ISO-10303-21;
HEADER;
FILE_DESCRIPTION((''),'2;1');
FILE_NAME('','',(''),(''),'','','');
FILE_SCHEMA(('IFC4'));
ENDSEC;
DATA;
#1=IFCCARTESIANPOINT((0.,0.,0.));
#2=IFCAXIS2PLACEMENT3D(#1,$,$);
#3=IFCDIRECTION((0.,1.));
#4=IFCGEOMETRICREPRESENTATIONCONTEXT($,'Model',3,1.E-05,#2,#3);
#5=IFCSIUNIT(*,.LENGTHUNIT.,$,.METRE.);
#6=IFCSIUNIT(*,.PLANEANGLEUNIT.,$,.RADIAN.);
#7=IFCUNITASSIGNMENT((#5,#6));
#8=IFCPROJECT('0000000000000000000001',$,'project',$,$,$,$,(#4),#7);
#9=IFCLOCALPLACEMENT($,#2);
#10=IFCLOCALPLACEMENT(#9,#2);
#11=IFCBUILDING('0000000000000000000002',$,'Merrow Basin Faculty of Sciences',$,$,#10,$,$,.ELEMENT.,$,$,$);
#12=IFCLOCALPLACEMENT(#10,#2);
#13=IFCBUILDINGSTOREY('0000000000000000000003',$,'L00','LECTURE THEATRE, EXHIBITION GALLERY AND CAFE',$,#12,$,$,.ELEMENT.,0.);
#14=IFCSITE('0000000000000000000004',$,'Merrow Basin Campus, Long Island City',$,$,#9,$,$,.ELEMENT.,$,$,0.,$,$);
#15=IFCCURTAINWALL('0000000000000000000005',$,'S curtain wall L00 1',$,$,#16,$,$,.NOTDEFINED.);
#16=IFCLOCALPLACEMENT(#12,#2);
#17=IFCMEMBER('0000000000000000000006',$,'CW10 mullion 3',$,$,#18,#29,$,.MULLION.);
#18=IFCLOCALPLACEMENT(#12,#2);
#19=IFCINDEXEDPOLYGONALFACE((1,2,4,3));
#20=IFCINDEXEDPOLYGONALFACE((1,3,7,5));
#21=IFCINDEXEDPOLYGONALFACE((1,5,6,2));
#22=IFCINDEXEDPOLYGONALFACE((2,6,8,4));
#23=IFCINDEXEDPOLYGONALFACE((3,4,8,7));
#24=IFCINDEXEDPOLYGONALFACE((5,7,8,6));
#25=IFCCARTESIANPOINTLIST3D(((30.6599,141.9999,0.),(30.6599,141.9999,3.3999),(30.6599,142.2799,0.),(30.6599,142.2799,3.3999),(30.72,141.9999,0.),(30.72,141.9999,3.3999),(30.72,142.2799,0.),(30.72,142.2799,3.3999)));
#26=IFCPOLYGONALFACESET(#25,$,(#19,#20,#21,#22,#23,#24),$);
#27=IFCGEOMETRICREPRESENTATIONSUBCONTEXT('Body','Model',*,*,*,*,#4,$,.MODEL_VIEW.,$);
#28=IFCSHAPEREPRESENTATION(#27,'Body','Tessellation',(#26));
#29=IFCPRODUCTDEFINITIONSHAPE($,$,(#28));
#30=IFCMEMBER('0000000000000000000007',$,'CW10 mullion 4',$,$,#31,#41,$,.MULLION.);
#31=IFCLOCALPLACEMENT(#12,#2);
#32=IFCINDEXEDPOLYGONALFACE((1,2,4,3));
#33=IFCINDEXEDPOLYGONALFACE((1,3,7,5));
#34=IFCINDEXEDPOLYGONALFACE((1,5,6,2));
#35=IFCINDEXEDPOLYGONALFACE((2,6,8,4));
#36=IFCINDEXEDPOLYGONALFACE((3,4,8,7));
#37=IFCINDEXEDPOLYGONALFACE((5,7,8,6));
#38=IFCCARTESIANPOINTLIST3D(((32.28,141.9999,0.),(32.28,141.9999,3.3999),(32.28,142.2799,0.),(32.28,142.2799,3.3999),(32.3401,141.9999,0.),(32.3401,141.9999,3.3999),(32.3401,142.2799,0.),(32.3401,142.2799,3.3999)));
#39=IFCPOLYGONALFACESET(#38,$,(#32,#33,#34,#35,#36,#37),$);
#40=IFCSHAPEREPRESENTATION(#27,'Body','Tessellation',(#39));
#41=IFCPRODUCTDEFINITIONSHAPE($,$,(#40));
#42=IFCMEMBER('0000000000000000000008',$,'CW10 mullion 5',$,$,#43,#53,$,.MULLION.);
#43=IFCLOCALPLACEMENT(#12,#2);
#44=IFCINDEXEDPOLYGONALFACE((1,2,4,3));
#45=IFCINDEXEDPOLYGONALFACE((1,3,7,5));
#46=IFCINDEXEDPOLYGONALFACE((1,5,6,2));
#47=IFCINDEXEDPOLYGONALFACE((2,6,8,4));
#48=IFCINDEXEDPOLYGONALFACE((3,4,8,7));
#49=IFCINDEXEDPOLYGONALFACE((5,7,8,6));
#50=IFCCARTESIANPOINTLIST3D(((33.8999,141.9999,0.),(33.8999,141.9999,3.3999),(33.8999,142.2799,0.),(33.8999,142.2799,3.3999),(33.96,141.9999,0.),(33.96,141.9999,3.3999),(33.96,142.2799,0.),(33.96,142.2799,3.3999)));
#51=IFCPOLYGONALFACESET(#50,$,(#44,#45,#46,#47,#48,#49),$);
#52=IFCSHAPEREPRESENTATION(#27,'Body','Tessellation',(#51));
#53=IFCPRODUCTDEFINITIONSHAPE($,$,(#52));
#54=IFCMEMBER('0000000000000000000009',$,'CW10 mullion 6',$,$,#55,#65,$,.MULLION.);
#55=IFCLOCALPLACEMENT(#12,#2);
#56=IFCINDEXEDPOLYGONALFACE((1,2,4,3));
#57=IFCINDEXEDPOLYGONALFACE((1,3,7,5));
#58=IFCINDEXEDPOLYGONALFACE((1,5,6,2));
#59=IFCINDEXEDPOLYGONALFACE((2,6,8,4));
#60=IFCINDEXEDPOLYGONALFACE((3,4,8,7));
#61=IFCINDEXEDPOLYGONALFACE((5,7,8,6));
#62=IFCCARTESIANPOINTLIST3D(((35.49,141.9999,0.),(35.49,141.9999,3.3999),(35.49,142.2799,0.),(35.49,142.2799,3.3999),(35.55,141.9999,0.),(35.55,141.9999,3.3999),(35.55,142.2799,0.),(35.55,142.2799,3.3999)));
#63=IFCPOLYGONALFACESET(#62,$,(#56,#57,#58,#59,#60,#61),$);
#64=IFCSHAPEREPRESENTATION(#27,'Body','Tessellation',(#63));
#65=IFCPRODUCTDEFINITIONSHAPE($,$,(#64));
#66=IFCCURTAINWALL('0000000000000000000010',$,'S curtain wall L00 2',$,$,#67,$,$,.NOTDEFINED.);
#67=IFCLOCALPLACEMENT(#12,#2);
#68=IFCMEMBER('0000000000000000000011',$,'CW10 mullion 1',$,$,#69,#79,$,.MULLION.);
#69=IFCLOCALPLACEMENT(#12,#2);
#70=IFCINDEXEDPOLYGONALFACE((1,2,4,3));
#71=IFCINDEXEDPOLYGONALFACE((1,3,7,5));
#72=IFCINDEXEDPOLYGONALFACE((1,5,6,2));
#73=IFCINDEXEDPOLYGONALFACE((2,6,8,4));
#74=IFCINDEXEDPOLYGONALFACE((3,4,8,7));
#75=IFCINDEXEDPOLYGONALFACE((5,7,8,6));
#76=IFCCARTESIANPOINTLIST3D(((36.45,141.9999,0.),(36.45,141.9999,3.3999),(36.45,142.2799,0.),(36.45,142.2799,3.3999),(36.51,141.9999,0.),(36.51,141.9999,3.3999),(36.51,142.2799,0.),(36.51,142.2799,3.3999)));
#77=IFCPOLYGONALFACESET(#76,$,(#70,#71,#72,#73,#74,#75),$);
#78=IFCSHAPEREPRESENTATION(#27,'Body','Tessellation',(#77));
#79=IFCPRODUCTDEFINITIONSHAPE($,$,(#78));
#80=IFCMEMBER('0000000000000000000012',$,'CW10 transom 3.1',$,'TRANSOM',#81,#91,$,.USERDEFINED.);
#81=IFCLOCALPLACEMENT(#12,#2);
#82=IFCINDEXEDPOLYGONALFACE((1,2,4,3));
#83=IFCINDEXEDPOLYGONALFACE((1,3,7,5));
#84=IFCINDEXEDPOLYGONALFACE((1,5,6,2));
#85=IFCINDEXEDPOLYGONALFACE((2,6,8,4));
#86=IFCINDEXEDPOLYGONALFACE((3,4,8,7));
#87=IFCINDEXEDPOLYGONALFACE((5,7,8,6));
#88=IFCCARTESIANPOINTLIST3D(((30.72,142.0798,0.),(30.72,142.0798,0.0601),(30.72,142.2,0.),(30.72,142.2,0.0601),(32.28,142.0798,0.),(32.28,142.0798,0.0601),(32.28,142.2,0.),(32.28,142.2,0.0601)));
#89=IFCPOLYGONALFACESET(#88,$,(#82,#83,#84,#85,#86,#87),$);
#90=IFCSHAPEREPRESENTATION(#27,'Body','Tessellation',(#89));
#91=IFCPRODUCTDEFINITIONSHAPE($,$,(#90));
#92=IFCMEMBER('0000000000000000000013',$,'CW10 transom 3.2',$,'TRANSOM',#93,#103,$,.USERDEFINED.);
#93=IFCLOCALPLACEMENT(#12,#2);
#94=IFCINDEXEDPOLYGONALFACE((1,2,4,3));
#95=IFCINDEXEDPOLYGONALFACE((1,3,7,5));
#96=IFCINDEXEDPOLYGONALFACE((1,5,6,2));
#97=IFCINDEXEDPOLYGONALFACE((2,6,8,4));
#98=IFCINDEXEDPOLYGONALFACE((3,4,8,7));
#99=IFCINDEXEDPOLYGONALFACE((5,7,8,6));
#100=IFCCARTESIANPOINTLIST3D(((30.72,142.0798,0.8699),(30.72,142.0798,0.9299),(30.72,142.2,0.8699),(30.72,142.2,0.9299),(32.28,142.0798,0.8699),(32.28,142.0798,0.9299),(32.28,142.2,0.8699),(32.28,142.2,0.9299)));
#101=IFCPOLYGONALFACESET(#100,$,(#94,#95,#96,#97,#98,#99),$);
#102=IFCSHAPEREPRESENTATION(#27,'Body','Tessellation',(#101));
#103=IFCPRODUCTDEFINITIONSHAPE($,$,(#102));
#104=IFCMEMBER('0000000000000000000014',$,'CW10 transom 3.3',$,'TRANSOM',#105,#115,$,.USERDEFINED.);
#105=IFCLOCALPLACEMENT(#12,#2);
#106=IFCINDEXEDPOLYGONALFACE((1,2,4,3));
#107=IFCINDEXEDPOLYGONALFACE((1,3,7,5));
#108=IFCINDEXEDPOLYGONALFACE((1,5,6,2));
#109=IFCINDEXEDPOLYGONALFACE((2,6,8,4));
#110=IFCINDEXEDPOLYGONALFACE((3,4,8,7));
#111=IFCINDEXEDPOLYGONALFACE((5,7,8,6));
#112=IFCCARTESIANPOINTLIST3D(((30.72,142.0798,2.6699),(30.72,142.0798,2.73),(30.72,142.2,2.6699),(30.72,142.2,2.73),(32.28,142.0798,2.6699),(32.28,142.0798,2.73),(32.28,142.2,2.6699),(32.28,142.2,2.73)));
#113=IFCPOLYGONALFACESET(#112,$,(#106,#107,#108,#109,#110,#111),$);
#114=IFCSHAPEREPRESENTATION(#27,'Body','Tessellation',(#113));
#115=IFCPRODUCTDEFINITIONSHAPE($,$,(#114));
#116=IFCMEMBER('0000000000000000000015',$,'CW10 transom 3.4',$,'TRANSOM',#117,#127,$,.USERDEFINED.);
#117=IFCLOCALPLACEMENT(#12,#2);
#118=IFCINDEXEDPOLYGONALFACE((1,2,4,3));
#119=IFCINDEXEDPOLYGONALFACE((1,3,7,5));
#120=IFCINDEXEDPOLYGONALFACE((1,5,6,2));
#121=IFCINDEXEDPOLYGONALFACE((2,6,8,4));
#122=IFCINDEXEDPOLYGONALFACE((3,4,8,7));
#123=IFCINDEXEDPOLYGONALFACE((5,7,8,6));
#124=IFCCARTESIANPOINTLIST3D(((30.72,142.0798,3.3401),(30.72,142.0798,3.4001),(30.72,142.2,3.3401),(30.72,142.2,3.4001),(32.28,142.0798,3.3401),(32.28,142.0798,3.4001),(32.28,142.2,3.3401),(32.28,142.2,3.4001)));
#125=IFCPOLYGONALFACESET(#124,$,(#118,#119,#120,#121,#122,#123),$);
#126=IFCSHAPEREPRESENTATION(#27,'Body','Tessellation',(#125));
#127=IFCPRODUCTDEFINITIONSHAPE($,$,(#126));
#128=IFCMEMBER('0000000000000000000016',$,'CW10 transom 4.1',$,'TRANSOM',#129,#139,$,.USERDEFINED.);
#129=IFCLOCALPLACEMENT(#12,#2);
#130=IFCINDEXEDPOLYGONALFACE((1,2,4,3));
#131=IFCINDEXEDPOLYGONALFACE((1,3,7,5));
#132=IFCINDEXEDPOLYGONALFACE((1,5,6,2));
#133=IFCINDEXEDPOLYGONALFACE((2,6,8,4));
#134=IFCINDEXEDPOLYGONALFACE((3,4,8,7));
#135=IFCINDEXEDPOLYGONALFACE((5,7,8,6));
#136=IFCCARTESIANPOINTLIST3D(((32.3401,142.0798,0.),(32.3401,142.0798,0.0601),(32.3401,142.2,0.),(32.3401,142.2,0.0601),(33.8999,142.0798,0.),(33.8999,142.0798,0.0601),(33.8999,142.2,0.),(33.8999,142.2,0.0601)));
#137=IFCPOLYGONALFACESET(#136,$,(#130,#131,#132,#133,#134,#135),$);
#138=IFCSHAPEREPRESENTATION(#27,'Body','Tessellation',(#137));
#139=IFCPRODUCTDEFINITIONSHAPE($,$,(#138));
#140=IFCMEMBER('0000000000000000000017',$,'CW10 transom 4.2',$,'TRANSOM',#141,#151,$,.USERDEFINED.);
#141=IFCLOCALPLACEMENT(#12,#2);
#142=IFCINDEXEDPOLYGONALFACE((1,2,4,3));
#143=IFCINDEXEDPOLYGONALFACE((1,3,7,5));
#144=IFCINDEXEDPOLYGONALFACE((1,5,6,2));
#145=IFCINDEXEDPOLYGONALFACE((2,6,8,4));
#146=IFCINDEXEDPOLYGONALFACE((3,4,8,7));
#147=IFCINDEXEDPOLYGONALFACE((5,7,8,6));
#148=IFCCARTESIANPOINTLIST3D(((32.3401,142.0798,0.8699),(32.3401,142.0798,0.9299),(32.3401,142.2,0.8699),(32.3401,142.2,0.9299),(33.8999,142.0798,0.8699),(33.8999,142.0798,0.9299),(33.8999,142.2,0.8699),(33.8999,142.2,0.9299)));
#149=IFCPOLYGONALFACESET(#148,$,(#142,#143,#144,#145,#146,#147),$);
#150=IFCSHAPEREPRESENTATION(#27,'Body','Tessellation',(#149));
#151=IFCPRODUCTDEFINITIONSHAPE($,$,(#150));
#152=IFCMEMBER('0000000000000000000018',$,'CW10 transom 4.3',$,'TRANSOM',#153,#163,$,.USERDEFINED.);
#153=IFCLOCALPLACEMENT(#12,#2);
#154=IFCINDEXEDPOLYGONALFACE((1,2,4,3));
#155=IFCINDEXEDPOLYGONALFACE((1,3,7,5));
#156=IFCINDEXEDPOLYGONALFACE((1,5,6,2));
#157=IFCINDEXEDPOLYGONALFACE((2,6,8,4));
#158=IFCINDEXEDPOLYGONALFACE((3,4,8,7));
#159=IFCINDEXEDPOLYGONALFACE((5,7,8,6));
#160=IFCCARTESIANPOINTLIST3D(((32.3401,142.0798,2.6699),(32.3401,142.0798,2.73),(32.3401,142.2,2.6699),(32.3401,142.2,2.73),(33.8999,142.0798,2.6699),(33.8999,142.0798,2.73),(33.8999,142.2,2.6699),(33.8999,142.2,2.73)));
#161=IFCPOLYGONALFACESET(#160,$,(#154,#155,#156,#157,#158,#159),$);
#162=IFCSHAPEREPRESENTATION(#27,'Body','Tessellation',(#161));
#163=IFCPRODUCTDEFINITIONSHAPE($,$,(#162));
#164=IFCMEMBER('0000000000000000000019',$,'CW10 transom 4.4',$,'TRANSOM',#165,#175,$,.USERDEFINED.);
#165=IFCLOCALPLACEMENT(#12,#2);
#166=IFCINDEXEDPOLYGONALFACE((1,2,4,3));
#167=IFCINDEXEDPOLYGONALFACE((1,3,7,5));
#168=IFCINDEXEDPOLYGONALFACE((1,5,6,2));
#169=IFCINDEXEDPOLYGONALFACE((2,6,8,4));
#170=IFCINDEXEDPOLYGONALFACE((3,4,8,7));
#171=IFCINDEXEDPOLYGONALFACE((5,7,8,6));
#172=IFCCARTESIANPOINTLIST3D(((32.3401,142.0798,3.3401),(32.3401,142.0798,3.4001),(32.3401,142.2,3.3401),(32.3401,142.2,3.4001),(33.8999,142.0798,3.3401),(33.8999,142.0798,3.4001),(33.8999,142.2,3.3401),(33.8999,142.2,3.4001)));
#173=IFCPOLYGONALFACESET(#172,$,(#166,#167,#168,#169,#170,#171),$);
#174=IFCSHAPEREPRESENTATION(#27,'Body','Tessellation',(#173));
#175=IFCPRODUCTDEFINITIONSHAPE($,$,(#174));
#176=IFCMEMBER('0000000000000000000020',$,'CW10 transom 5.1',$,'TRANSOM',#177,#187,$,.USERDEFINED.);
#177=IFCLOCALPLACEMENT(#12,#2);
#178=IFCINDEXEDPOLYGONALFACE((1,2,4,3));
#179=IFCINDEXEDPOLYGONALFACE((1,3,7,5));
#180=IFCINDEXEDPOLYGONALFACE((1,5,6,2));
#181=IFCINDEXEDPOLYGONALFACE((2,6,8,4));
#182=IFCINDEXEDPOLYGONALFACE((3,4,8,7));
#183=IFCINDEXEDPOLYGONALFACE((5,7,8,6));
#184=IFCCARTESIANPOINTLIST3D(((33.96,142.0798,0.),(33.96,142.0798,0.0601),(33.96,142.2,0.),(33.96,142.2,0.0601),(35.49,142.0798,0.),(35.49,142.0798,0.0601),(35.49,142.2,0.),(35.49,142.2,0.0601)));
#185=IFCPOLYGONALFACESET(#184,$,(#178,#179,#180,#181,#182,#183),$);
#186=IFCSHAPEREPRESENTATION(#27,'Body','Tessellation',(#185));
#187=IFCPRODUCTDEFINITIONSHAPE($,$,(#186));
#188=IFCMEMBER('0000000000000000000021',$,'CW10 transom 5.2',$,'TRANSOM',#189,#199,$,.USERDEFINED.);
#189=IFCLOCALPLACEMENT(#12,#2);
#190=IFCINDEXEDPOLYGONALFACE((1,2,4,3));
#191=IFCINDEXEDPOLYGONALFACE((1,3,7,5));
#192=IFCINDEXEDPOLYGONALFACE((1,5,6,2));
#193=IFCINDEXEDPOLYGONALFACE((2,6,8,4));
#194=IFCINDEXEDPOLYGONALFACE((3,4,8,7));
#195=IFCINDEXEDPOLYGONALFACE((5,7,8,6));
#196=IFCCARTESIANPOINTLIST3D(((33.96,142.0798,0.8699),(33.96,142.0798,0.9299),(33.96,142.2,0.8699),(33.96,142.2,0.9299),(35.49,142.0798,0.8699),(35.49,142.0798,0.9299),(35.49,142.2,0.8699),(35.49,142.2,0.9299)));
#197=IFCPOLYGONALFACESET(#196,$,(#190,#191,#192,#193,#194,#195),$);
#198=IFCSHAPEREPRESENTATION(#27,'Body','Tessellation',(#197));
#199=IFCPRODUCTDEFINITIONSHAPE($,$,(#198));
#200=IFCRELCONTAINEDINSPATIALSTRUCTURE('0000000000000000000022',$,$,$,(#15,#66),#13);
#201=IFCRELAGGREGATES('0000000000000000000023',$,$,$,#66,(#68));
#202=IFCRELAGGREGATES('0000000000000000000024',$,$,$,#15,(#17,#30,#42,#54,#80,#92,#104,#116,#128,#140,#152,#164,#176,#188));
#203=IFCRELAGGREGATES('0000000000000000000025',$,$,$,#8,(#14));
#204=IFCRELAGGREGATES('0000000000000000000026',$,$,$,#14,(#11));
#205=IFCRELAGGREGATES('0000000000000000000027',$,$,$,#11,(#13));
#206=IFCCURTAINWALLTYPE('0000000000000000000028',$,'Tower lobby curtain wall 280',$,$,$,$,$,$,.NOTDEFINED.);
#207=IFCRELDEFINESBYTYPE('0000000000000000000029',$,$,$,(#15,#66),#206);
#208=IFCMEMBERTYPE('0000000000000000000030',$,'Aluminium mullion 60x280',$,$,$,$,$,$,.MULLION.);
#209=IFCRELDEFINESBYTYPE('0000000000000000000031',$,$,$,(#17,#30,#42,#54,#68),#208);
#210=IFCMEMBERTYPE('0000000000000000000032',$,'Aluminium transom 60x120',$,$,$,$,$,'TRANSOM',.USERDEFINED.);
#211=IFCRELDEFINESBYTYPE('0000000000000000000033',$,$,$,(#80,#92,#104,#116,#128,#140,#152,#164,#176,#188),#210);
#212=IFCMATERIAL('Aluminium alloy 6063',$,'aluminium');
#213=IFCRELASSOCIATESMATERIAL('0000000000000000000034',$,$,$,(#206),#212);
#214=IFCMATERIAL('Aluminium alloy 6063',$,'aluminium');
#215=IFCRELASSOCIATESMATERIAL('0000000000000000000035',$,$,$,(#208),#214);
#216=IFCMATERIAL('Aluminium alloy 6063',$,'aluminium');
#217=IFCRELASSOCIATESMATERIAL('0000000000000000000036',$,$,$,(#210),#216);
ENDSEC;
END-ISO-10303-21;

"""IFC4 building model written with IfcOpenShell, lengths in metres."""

from ifc_helpers import new_model, si_unit, direction, frame, origin, origin_2d, place, context, subcontext, project, spatial, rectangle, extrude, material, material_profile, profile_set, type_object, element, aggregate, save


model = new_model("IFC4")

# Units and contexts
model_context = context("Model", 3, precision=1e-05, world=origin(), true_north=direction((0.0, 1.0)))
body_context = subcontext(model_context, "Body", "Model", "MODEL_VIEW")
ifc_project = project(units=[si_unit("LENGTHUNIT", "METRE"), si_unit("PLANEANGLEUNIT", "RADIAN")], contexts=[model_context])

# Site, building, storey
site_placement = place(None, origin())
site = spatial("IfcSite", under=ifc_project, at=site_placement, Name="Merrow Basin Campus, Long Island City", CompositionType="ELEMENT", RefElevation=0.0)
building_placement = place(site_placement, origin())
building = spatial("IfcBuilding", under=site, at=building_placement, Name="Merrow Basin Faculty of Sciences", CompositionType="ELEMENT")
storey_placement = place(building_placement, origin())
storey = spatial("IfcBuildingStorey", under=building, at=storey_placement, Name="L00", Description="LECTURE THEATRE, EXHIBITION GALLERY AND CAFE", CompositionType="ELEMENT", Elevation=0.0)

# Curtain wall, members
ifc_material_1 = material(Name="Aluminium alloy 6063", Category="aluminium")
curtain_wall_type = type_object("IfcCurtainWallType", Name="Tower lobby curtain wall 280", PredefinedType="NOTDEFINED", material=ifc_material_1)
curtain_wall_1_placement = place(storey_placement, origin())
curtain_wall_1 = element("IfcCurtainWall", 1, at=curtain_wall_1_placement, inside=storey, type_object=curtain_wall_type, Name="S curtain wall L00 1", PredefinedType="NOTDEFINED")
ifc_material_2 = material(Name="Aluminium alloy 6063", Category="aluminium")
ifc_material_profile_1 = material_profile(ifc_material_2, rectangle(XDim=0.28, YDim=0.0601, at=origin_2d()))
ifc_profile_set_1 = profile_set([ifc_material_profile_1], Name="Aluminium alloy 6063")
member_type_1 = type_object("IfcMemberType", Name="Aluminium mullion 60x280", PredefinedType="MULLION", material=ifc_profile_set_1)
member_1_placement = place(storey_placement, frame((30.6899, 142.1399, 0.0), z_axis=(0.0, 0.0, 1.0), x_axis=(0.0, 1.0, 0.0)))
member_1 = element("IfcMember", 2, at=member_1_placement, type_object=member_type_1, Name="CW10 mullion 3", PredefinedType="MULLION", context=body_context, shape_type="SweptSolid", body=[
    extrude(rectangle(XDim=0.28, YDim=0.0601, at=origin_2d()), origin(), (0.0, 0.0, 1.0), 3.3999),
])
member_2_placement = place(storey_placement, frame((32.3101, 142.1399, 0.0), z_axis=(0.0, 0.0, 1.0), x_axis=(0.0, 1.0, 0.0)))
member_2 = element("IfcMember", 3, at=member_2_placement, type_object=member_type_1, Name="CW10 mullion 4", PredefinedType="MULLION", context=body_context, shape_type="SweptSolid", body=[
    extrude(rectangle(XDim=0.28, YDim=0.0601, at=origin_2d()), origin(), (0.0, 0.0, 1.0), 3.3999),
])
member_3_placement = place(storey_placement, frame((33.9299, 142.1399, 0.0), z_axis=(0.0, 0.0, 1.0), x_axis=(0.0, 1.0, 0.0)))
member_3 = element("IfcMember", 4, at=member_3_placement, type_object=member_type_1, Name="CW10 mullion 5", PredefinedType="MULLION", context=body_context, shape_type="SweptSolid", body=[
    extrude(rectangle(XDim=0.28, YDim=0.0601, at=origin_2d()), origin(), (0.0, 0.0, 1.0), 3.3999),
])
member_4_placement = place(storey_placement, frame((35.52, 142.1399, 0.0), z_axis=(0.0, 0.0, 1.0), x_axis=(0.0, 1.0, 0.0)))
member_4 = element("IfcMember", 5, at=member_4_placement, type_object=member_type_1, Name="CW10 mullion 6", PredefinedType="MULLION", context=body_context, shape_type="SweptSolid", body=[
    extrude(rectangle(XDim=0.28, YDim=0.0601, at=origin_2d()), origin(), (0.0, 0.0, 1.0), 3.3999),
])

# Curtain wall, member
curtain_wall_2_placement = place(storey_placement, origin())
curtain_wall_2 = element("IfcCurtainWall", 6, at=curtain_wall_2_placement, inside=storey, type_object=curtain_wall_type, Name="S curtain wall L00 2", PredefinedType="NOTDEFINED")
member_5_placement = place(storey_placement, frame((36.48, 142.1399, 0.0), z_axis=(0.0, 0.0, 1.0), x_axis=(0.0, 1.0, 0.0)))
member_5 = element("IfcMember", 7, at=member_5_placement, type_object=member_type_1, Name="CW10 mullion 1", PredefinedType="MULLION", context=body_context, shape_type="SweptSolid", body=[
    extrude(rectangle(XDim=0.28, YDim=0.0601, at=origin_2d()), origin(), (0.0, 0.0, 1.0), 3.3999),
])

# Members
ifc_material_3 = material(Name="Aluminium alloy 6063", Category="aluminium")
ifc_material_profile_2 = material_profile(ifc_material_3, rectangle(XDim=0.1201, YDim=0.0601, at=origin_2d()))
ifc_profile_set_2 = profile_set([ifc_material_profile_2], Name="Aluminium alloy 6063")
member_type_2 = type_object("IfcMemberType", Name="Aluminium transom 60x120", ElementType="TRANSOM", PredefinedType="USERDEFINED", material=ifc_profile_set_2)
member_6_placement = place(storey_placement, frame((30.72, 142.1399, 0.03), z_axis=(1.0, 0.0, 0.0), x_axis=(0.0, 1.0, 0.0)))
member_6 = element("IfcMember", 8, at=member_6_placement, type_object=member_type_2, Name="CW10 transom 3.1", ObjectType="TRANSOM", PredefinedType="USERDEFINED", context=body_context, shape_type="SweptSolid", body=[
    extrude(rectangle(XDim=0.1201, YDim=0.0601, at=origin_2d()), origin(), (0.0, 0.0, 1.0), 1.5601),
])
member_7_placement = place(storey_placement, frame((30.72, 142.1399, 0.8999), z_axis=(1.0, 0.0, 0.0), x_axis=(0.0, 1.0, 0.0)))
member_7 = element("IfcMember", 9, at=member_7_placement, type_object=member_type_2, Name="CW10 transom 3.2", ObjectType="TRANSOM", PredefinedType="USERDEFINED", context=body_context, shape_type="SweptSolid", body=[
    extrude(rectangle(XDim=0.1201, YDim=0.0601, at=origin_2d()), origin(), (0.0, 0.0, 1.0), 1.5601),
])
member_8_placement = place(storey_placement, frame((30.72, 142.1399, 2.7), z_axis=(1.0, 0.0, 0.0), x_axis=(0.0, 1.0, 0.0)))
member_8 = element("IfcMember", 10, at=member_8_placement, type_object=member_type_2, Name="CW10 transom 3.3", ObjectType="TRANSOM", PredefinedType="USERDEFINED", context=body_context, shape_type="SweptSolid", body=[
    extrude(rectangle(XDim=0.1201, YDim=0.0601, at=origin_2d()), origin(), (0.0, 0.0, 1.0), 1.5601),
])
member_9_placement = place(storey_placement, frame((30.72, 142.1399, 3.3701), z_axis=(1.0, 0.0, 0.0), x_axis=(0.0, 1.0, 0.0)))
member_9 = element("IfcMember", 11, at=member_9_placement, type_object=member_type_2, Name="CW10 transom 3.4", ObjectType="TRANSOM", PredefinedType="USERDEFINED", context=body_context, shape_type="SweptSolid", body=[
    extrude(rectangle(XDim=0.1201, YDim=0.0601, at=origin_2d()), origin(), (0.0, 0.0, 1.0), 1.5601),
])
member_10_placement = place(storey_placement, frame((32.3401, 142.1399, 0.03), z_axis=(1.0, 0.0, 0.0), x_axis=(0.0, 1.0, 0.0)))
member_10 = element("IfcMember", 12, at=member_10_placement, type_object=member_type_2, Name="CW10 transom 4.1", ObjectType="TRANSOM", PredefinedType="USERDEFINED", context=body_context, shape_type="SweptSolid", body=[
    extrude(rectangle(XDim=0.1201, YDim=0.0601, at=origin_2d()), origin(), (0.0, 0.0, 1.0), 1.5598),
])
member_11_placement = place(storey_placement, frame((32.3401, 142.1399, 0.8999), z_axis=(1.0, 0.0, 0.0), x_axis=(0.0, 1.0, 0.0)))
member_11 = element("IfcMember", 13, at=member_11_placement, type_object=member_type_2, Name="CW10 transom 4.2", ObjectType="TRANSOM", PredefinedType="USERDEFINED", context=body_context, shape_type="SweptSolid", body=[
    extrude(rectangle(XDim=0.1201, YDim=0.0601, at=origin_2d()), origin(), (0.0, 0.0, 1.0), 1.5598),
])
member_12_placement = place(storey_placement, frame((32.3401, 142.1399, 2.7), z_axis=(1.0, 0.0, 0.0), x_axis=(0.0, 1.0, 0.0)))
member_12 = element("IfcMember", 14, at=member_12_placement, type_object=member_type_2, Name="CW10 transom 4.3", ObjectType="TRANSOM", PredefinedType="USERDEFINED", context=body_context, shape_type="SweptSolid", body=[
    extrude(rectangle(XDim=0.1201, YDim=0.0601, at=origin_2d()), origin(), (0.0, 0.0, 1.0), 1.5598),
])
member_13_placement = place(storey_placement, frame((32.3401, 142.1399, 3.3701), z_axis=(1.0, 0.0, 0.0), x_axis=(0.0, 1.0, 0.0)))
member_13 = element("IfcMember", 15, at=member_13_placement, type_object=member_type_2, Name="CW10 transom 4.4", ObjectType="TRANSOM", PredefinedType="USERDEFINED", context=body_context, shape_type="SweptSolid", body=[
    extrude(rectangle(XDim=0.1201, YDim=0.0601, at=origin_2d()), origin(), (0.0, 0.0, 1.0), 1.5598),
])
member_14_placement = place(storey_placement, frame((33.96, 142.1399, 0.03), z_axis=(1.0, 0.0, 0.0), x_axis=(0.0, 1.0, 0.0)))
member_14 = element("IfcMember", 16, at=member_14_placement, type_object=member_type_2, Name="CW10 transom 5.1", ObjectType="TRANSOM", PredefinedType="USERDEFINED", context=body_context, shape_type="SweptSolid", body=[
    extrude(rectangle(XDim=0.1201, YDim=0.0601, at=origin_2d()), origin(), (0.0, 0.0, 1.0), 1.53),
])
member_15_placement = place(storey_placement, frame((33.96, 142.1399, 0.8999), z_axis=(1.0, 0.0, 0.0), x_axis=(0.0, 1.0, 0.0)))
member_15 = element("IfcMember", 17, at=member_15_placement, type_object=member_type_2, Name="CW10 transom 5.2", ObjectType="TRANSOM", PredefinedType="USERDEFINED", context=body_context, shape_type="SweptSolid", body=[
    extrude(rectangle(XDim=0.1201, YDim=0.0601, at=origin_2d()), origin(), (0.0, 0.0, 1.0), 1.53),
])
aggregate(curtain_wall_2, [member_5])

aggregate(curtain_wall_1, [member_1, member_2, member_3, member_4, member_6, member_7, member_8, member_9, member_10, member_11, member_12, member_13, member_14, member_15])

save(model, "model.ifc")
